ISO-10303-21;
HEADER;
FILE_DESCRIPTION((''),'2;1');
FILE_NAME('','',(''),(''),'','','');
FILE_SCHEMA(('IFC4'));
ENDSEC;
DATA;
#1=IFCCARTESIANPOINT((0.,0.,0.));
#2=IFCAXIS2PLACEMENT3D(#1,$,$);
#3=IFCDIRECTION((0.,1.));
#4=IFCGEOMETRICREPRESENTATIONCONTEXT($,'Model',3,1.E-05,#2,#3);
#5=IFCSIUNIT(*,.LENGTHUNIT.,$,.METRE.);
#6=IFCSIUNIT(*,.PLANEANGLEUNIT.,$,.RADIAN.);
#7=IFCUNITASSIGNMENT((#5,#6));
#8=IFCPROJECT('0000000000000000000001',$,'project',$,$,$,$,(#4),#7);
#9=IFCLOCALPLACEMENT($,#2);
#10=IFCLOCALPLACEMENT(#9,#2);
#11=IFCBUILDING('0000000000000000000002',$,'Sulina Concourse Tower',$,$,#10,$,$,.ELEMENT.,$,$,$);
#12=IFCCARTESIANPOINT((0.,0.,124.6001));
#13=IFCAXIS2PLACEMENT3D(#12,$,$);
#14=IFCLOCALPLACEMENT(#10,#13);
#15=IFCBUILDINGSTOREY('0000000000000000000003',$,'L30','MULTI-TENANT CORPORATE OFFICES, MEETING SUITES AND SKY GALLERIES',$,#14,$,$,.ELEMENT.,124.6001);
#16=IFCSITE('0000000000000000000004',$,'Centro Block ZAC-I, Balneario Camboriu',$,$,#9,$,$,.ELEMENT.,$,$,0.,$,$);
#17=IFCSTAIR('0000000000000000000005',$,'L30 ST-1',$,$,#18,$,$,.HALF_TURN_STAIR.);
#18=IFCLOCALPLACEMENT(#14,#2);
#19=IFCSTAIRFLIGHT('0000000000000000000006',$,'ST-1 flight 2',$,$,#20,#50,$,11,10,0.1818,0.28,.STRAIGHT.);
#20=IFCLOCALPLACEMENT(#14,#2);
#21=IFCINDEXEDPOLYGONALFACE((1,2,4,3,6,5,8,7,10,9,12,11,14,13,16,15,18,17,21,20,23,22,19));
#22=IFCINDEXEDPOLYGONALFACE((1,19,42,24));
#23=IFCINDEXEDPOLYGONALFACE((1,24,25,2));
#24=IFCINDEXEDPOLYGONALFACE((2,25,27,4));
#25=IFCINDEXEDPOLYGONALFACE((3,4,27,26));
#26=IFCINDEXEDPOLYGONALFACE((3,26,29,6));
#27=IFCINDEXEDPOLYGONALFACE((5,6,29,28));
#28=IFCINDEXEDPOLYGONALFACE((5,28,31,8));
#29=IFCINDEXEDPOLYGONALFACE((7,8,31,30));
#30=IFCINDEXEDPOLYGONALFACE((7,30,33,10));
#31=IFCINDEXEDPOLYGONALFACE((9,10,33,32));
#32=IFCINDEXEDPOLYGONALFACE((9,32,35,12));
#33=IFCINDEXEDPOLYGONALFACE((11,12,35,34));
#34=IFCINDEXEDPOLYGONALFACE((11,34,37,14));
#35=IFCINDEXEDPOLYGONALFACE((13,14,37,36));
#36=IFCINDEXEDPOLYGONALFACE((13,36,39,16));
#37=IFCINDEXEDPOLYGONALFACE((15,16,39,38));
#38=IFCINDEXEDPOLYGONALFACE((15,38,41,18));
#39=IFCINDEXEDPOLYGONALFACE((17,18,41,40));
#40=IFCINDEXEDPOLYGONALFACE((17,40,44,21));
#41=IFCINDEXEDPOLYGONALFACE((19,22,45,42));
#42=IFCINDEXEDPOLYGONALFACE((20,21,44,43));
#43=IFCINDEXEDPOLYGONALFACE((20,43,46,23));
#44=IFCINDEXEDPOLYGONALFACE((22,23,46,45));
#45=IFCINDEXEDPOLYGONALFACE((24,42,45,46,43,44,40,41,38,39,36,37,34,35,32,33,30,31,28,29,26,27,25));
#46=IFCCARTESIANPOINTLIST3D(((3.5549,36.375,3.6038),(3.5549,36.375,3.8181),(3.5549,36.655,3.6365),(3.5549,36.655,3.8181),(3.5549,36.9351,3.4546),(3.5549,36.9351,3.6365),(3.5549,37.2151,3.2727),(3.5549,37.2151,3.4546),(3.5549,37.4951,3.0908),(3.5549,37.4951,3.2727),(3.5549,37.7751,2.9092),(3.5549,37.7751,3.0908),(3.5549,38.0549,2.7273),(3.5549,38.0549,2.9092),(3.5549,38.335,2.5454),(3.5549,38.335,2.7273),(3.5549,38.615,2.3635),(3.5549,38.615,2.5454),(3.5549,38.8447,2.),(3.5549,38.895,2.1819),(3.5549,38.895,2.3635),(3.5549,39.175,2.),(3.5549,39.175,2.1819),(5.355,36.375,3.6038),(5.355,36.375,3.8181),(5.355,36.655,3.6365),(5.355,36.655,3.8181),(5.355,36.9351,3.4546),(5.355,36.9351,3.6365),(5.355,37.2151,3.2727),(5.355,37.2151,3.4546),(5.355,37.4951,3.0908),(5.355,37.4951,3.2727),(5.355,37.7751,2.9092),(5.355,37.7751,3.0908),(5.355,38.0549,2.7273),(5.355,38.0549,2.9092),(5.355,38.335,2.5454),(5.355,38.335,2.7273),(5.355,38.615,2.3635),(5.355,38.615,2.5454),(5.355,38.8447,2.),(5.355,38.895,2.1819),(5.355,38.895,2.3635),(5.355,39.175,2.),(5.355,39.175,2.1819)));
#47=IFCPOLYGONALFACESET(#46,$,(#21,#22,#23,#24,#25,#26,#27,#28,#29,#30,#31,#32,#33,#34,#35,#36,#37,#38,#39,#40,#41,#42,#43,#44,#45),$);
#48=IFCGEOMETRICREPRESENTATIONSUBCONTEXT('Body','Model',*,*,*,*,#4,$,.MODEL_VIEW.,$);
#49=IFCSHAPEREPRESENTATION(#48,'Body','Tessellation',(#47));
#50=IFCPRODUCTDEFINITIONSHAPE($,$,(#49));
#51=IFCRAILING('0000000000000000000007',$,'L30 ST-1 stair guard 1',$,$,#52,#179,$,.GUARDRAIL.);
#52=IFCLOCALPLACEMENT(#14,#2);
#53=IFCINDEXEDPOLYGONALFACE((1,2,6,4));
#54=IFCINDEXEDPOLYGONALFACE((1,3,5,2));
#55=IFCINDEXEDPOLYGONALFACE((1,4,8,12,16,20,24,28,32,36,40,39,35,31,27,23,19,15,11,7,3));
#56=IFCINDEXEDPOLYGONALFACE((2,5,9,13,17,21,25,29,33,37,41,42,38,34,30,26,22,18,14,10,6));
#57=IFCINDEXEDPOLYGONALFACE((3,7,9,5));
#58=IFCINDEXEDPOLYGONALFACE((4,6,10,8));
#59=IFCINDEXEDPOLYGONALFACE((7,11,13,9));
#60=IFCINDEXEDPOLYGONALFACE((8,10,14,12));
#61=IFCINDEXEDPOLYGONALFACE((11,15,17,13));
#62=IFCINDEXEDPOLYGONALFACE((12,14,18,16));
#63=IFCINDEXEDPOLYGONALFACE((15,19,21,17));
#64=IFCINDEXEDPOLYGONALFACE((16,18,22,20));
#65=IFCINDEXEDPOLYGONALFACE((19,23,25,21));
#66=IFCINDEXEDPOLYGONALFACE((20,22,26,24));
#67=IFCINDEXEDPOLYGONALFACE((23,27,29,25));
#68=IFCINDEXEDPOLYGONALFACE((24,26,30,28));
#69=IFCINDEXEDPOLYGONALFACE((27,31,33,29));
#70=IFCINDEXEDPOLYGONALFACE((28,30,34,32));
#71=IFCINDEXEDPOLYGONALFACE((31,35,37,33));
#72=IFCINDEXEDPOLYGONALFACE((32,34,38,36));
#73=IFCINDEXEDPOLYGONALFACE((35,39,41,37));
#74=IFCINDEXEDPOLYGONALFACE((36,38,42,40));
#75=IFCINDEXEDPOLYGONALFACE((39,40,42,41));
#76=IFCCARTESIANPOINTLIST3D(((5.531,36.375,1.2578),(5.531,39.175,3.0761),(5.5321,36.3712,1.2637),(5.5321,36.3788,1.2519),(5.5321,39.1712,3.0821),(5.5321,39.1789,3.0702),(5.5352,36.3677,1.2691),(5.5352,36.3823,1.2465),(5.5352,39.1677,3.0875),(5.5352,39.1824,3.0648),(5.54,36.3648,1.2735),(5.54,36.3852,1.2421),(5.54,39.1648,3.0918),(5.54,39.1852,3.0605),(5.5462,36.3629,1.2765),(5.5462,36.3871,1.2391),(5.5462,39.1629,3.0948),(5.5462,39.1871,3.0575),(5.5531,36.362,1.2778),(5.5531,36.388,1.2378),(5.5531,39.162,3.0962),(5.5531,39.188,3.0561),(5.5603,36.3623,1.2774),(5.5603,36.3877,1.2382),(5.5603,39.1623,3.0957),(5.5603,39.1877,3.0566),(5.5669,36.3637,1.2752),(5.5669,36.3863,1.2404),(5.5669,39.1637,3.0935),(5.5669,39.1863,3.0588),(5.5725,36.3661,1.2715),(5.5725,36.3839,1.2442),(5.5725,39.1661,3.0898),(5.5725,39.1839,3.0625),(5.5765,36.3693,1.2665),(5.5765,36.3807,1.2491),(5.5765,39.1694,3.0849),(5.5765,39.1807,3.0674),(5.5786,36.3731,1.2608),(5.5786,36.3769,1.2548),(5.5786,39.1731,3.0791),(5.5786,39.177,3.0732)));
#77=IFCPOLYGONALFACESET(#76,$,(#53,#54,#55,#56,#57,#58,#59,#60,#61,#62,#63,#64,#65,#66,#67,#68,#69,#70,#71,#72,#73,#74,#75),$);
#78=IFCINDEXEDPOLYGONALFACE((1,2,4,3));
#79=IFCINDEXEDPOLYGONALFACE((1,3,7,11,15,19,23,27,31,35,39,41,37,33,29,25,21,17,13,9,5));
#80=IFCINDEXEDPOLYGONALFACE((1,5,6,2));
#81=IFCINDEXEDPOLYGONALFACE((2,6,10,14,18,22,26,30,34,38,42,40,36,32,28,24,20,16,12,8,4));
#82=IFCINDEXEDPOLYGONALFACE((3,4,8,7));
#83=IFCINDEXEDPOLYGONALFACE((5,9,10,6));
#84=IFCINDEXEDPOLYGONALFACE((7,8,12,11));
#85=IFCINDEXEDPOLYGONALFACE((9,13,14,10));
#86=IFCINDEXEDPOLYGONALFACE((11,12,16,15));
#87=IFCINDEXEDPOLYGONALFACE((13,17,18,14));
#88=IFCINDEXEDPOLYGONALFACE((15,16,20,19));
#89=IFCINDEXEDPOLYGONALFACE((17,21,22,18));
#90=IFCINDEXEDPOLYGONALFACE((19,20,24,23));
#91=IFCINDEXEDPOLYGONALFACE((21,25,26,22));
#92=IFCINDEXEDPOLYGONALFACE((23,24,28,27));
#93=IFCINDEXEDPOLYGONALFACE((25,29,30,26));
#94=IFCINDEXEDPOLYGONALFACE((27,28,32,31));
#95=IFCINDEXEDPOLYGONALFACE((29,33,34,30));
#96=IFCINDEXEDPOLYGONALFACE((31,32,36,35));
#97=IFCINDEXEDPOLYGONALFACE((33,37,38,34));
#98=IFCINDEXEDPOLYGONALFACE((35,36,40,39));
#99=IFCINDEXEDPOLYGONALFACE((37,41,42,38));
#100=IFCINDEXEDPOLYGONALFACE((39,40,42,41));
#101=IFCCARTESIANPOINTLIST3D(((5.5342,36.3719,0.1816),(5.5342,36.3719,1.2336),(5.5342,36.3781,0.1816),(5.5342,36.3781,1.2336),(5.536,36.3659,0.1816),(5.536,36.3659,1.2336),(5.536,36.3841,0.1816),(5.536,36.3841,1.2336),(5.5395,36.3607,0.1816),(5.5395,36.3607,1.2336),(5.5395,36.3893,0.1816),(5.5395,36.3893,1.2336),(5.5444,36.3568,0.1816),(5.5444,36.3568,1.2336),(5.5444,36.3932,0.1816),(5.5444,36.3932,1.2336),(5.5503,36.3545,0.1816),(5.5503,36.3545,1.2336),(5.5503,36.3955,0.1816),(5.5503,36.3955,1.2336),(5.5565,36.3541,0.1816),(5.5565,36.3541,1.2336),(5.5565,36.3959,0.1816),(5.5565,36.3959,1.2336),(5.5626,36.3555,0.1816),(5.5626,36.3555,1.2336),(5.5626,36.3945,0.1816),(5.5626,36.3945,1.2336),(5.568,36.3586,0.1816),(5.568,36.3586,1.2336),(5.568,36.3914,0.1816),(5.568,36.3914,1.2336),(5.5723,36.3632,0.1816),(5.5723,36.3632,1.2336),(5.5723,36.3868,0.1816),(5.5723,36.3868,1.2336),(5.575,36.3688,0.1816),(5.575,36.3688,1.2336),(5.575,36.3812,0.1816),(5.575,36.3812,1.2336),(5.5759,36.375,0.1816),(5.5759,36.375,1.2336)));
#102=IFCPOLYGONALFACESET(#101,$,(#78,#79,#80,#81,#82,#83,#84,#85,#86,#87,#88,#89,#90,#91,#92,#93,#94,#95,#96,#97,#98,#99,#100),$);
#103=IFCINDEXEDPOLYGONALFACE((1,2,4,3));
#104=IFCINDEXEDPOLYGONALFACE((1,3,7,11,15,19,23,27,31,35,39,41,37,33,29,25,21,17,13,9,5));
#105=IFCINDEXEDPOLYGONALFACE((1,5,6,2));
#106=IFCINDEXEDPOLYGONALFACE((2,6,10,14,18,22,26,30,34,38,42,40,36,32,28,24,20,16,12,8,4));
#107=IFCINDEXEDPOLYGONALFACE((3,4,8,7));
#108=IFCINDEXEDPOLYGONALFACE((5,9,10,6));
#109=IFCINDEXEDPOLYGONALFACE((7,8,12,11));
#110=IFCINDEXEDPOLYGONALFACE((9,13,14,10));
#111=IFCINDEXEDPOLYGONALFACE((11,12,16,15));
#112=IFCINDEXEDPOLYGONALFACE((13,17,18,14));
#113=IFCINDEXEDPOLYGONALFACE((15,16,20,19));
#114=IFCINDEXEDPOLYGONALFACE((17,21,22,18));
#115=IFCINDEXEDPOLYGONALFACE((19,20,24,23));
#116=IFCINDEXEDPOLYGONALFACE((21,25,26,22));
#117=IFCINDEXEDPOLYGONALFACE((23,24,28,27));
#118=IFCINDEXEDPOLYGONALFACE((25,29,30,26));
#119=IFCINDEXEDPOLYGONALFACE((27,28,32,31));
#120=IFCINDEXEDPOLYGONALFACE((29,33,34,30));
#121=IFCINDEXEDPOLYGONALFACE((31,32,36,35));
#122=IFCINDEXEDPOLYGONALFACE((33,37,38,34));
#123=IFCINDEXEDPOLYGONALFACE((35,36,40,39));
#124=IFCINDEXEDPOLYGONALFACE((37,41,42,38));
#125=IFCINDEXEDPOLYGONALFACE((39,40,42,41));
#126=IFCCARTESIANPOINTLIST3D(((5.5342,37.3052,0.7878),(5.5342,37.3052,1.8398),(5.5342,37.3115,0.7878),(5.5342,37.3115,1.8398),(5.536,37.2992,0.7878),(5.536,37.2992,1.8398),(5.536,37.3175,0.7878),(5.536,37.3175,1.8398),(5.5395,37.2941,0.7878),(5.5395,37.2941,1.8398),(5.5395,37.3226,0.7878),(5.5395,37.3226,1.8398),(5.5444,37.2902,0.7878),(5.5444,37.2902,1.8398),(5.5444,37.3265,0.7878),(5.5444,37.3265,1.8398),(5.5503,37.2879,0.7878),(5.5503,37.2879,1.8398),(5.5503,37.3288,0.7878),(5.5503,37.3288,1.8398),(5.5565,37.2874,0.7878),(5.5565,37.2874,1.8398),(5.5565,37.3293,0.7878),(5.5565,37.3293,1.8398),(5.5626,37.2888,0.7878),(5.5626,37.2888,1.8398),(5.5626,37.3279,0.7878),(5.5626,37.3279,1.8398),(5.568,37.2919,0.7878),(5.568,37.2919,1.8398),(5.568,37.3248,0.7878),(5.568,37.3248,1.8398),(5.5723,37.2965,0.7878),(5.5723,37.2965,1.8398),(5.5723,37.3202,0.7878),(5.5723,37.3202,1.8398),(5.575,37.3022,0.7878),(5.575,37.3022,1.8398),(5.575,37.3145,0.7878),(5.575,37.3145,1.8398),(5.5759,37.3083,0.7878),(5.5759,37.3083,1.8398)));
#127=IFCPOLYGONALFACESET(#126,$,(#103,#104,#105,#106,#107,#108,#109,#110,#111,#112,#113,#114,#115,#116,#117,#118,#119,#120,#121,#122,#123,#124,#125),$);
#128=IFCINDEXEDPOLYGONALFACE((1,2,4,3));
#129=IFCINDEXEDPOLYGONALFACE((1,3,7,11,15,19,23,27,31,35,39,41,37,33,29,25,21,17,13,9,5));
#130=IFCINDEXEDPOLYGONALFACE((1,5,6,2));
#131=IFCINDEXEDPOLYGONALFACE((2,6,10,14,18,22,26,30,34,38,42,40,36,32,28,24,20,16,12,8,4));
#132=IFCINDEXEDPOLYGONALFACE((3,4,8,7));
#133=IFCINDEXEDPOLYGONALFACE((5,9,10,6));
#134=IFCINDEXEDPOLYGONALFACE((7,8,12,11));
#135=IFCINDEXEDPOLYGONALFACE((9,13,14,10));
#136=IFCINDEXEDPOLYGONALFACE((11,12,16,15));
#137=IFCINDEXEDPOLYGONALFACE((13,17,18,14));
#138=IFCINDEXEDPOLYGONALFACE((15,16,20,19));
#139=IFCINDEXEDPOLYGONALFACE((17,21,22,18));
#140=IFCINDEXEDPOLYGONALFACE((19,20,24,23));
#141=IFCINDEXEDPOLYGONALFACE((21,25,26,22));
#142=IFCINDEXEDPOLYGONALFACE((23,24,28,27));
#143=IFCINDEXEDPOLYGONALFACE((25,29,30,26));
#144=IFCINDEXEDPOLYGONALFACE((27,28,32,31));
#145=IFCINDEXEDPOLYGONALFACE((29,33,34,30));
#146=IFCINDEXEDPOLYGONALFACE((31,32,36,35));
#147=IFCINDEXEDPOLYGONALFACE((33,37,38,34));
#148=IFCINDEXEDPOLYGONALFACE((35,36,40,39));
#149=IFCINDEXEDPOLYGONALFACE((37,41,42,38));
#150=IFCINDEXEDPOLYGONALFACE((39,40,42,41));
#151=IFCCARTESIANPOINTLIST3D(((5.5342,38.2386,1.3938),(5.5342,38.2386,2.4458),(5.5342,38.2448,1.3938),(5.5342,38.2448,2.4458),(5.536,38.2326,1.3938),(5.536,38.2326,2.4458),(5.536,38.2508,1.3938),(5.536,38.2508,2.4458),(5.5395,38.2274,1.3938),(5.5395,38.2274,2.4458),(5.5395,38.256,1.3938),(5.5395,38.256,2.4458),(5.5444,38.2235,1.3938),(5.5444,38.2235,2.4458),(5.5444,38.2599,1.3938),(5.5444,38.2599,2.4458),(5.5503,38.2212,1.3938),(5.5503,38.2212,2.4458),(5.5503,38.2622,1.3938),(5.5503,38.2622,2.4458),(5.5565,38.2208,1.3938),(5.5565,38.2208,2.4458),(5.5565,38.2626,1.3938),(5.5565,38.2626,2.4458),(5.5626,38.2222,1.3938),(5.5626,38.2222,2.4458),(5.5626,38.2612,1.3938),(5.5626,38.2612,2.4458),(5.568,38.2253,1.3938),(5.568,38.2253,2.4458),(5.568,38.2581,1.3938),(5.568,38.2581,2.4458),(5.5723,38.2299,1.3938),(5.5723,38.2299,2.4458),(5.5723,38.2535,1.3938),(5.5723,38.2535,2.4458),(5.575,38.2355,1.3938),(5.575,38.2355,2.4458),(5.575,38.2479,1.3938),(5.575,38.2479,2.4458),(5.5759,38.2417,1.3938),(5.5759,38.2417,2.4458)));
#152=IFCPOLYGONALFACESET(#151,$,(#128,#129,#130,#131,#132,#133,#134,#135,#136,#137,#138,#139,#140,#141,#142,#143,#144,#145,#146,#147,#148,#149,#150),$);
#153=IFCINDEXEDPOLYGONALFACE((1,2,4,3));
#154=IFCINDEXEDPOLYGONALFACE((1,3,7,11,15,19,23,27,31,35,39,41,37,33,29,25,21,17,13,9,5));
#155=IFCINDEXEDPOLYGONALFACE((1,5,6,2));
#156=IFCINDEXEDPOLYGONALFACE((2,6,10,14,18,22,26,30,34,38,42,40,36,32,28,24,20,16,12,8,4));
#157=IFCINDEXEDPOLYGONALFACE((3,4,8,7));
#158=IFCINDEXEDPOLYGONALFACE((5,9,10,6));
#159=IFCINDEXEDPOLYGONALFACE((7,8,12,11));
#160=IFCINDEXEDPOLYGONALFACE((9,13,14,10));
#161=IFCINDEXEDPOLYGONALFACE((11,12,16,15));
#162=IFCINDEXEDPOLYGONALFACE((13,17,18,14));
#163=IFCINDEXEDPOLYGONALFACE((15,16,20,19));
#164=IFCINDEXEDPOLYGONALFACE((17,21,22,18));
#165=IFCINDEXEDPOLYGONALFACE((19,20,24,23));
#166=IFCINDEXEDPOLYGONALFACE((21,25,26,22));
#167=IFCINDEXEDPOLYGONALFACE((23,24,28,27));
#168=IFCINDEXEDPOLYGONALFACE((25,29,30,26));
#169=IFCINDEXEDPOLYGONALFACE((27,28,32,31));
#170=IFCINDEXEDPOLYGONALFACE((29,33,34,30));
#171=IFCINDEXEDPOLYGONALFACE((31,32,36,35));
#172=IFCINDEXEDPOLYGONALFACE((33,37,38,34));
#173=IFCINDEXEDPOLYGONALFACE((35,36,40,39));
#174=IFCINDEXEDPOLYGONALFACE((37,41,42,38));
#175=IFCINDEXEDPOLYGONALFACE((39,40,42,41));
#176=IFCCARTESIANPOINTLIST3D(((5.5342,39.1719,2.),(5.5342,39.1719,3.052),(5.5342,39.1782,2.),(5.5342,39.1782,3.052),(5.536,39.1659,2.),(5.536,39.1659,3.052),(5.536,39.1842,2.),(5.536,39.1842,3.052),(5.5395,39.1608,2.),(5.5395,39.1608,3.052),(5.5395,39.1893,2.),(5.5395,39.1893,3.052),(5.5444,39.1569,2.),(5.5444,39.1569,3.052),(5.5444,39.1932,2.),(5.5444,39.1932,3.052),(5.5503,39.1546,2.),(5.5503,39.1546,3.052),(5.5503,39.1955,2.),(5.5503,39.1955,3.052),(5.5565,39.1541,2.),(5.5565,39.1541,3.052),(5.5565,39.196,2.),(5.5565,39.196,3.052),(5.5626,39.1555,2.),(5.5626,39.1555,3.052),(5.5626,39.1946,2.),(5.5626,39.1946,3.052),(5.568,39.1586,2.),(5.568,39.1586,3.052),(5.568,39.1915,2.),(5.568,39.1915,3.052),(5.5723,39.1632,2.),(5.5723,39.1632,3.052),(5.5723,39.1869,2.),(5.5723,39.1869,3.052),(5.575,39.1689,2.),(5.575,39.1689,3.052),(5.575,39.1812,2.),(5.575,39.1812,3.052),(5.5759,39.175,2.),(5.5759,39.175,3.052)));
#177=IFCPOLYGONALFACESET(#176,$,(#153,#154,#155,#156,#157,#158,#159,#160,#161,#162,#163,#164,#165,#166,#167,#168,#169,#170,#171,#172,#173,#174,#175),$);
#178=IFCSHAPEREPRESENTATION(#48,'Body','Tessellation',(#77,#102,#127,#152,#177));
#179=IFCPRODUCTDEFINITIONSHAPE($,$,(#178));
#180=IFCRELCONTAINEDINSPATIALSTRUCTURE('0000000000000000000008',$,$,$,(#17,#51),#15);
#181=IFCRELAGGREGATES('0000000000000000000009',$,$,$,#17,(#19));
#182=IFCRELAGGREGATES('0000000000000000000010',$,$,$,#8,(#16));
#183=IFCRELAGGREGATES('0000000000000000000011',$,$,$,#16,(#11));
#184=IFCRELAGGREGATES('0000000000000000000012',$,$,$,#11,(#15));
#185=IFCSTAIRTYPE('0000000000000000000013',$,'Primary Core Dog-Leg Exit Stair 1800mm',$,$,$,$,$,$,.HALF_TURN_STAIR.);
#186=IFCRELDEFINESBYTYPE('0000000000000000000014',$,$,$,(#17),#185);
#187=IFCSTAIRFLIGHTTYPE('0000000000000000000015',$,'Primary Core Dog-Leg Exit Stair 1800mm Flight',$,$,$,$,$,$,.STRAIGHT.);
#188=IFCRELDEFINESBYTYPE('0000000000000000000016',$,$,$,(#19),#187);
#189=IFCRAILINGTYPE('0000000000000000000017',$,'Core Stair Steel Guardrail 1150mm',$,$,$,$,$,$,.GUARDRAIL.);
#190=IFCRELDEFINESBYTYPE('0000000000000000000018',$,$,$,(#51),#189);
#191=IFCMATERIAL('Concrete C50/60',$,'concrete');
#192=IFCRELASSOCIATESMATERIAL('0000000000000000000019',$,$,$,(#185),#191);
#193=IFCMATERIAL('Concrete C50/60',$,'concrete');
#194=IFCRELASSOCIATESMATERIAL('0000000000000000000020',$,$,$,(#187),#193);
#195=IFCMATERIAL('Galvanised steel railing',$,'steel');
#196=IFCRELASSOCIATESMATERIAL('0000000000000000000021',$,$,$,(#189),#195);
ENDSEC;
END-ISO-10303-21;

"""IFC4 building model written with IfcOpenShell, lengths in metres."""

from ifc_helpers import new_model, si_unit, direction, frame, origin, origin_2d, place, context, subcontext, project, spatial, polyline, circle, outline, extrude, material, type_object, element, aggregate, save


model = new_model("IFC4")

# Units and contexts
model_context = context("Model", 3, precision=1e-05, world=origin(), true_north=direction((0.0, 1.0)))
body_context = subcontext(model_context, "Body", "Model", "MODEL_VIEW")
ifc_project = project(units=[si_unit("LENGTHUNIT", "METRE"), si_unit("PLANEANGLEUNIT", "RADIAN")], contexts=[model_context])

# Site, building, storey
site_placement = place(None, origin())
site = spatial("IfcSite", under=ifc_project, at=site_placement, Name="Centro Block ZAC-I, Balneario Camboriu", CompositionType="ELEMENT", RefElevation=0.0)
building_placement = place(site_placement, origin())
building = spatial("IfcBuilding", under=site, at=building_placement, Name="Sulina Concourse Tower", CompositionType="ELEMENT")
storey_placement = place(building_placement, frame((0.0, 0.0, 124.6001)))
storey = spatial("IfcBuildingStorey", under=building, at=storey_placement, Name="L30", Description="MULTI-TENANT CORPORATE OFFICES, MEETING SUITES AND SKY GALLERIES", CompositionType="ELEMENT", Elevation=124.6001)

# Stair, stair flight
ifc_material_1 = material(Name="Concrete C50/60", Category="concrete")
stair_type = type_object("IfcStairType", Name="Primary Core Dog-Leg Exit Stair 1800mm", PredefinedType="HALF_TURN_STAIR", material=ifc_material_1)
stair_placement = place(storey_placement, origin())
stair = element("IfcStair", 1, at=stair_placement, inside=storey, type_object=stair_type, Name="L30 ST-1", PredefinedType="HALF_TURN_STAIR")
ifc_material_2 = material(Name="Concrete C50/60", Category="concrete")
stair_flight_type = type_object("IfcStairFlightType", Name="Primary Core Dog-Leg Exit Stair 1800mm Flight", PredefinedType="STRAIGHT", material=ifc_material_2)
stair_flight_1_placement = place(storey_placement, frame((4.4551, 39.175, 2.0), z_axis=(0.0, 0.0, 1.0), x_axis=(0.0, -1.0, 0.0)))
stair_flight_1 = element("IfcStairFlight", 2, at=stair_flight_1_placement, type_object=stair_flight_type, Name="ST-1 flight 2", NumberOfRisers=11, NumberOfTreads=10, PredefinedType="STRAIGHT", RiserHeight=0.1818, TreadLength=0.28, context=body_context, shape_type="SweptSolid", body=[
    extrude(outline(polyline([(0.0, 0.0), (0.0, 0.1819), (0.28, 0.1819), (0.28, 0.3635), (0.5601, 0.3635), (0.5601, 0.5454), (0.8401, 0.5454), (0.8401, 0.7273), (1.1201, 0.7273), (1.1201, 0.9092), (1.3999, 0.9092), (1.3999, 1.0908), (1.6799, 1.0908), (1.6799, 1.2727), (1.96, 1.2727), (1.96, 1.4546), (2.24, 1.4546), (2.24, 1.6365), (2.52, 1.6365), (2.52, 1.8181), (2.8, 1.8181), (2.8, 2.0), (2.8, 1.6038), (0.3303, 0.0), (0.0, 0.0)])), frame((0.0, 0.8999, 0.0), z_axis=(0.0, -1.0, 0.0), x_axis=(1.0, 0.0, 0.0)), (0.0, 0.0, 1.0), 1.8),
])
aggregate(stair, [stair_flight_1])

# Railing
ifc_material_3 = material(Name="Galvanised steel railing", Category="steel")
railing_type_1 = type_object("IfcRailingType", Name="Core Stair Steel Guardrail 1150mm", PredefinedType="GUARDRAIL", material=ifc_material_3)
railing_1_placement = place(storey_placement, frame((5.5549, 36.375, 0.1816)))
element("IfcRailing", 3, at=railing_1_placement, inside=storey, type_object=railing_type_1, Name="L30 ST-1 stair guard 1", PredefinedType="GUARDRAIL", context=body_context, shape_type="SweptSolid", body=[
    extrude(circle(Radius=0.0239, at=origin_2d()), frame((0.0, 0.0, 1.0762), z_axis=(0.0, 0.838672, 0.544636), x_axis=(-1.0, 0.0, 0.0)), (0.0, 0.0, 1.0), 3.3386),
    extrude(circle(Radius=0.021, at=origin_2d()), origin(), (0.0, 0.0, 1.0), 1.052),
    extrude(circle(Radius=0.021, at=origin_2d()), frame((0.0, 0.9333, 0.6062)), (0.0, 0.0, 1.0), 1.052),
    extrude(circle(Radius=0.021, at=origin_2d()), frame((0.0, 1.8667, 1.2122)), (0.0, 0.0, 1.0), 1.052),
    extrude(circle(Radius=0.021, at=origin_2d()), frame((0.0, 2.8, 1.8184)), (0.0, 0.0, 1.0), 1.052),
])

save(model, "model.ifc")
